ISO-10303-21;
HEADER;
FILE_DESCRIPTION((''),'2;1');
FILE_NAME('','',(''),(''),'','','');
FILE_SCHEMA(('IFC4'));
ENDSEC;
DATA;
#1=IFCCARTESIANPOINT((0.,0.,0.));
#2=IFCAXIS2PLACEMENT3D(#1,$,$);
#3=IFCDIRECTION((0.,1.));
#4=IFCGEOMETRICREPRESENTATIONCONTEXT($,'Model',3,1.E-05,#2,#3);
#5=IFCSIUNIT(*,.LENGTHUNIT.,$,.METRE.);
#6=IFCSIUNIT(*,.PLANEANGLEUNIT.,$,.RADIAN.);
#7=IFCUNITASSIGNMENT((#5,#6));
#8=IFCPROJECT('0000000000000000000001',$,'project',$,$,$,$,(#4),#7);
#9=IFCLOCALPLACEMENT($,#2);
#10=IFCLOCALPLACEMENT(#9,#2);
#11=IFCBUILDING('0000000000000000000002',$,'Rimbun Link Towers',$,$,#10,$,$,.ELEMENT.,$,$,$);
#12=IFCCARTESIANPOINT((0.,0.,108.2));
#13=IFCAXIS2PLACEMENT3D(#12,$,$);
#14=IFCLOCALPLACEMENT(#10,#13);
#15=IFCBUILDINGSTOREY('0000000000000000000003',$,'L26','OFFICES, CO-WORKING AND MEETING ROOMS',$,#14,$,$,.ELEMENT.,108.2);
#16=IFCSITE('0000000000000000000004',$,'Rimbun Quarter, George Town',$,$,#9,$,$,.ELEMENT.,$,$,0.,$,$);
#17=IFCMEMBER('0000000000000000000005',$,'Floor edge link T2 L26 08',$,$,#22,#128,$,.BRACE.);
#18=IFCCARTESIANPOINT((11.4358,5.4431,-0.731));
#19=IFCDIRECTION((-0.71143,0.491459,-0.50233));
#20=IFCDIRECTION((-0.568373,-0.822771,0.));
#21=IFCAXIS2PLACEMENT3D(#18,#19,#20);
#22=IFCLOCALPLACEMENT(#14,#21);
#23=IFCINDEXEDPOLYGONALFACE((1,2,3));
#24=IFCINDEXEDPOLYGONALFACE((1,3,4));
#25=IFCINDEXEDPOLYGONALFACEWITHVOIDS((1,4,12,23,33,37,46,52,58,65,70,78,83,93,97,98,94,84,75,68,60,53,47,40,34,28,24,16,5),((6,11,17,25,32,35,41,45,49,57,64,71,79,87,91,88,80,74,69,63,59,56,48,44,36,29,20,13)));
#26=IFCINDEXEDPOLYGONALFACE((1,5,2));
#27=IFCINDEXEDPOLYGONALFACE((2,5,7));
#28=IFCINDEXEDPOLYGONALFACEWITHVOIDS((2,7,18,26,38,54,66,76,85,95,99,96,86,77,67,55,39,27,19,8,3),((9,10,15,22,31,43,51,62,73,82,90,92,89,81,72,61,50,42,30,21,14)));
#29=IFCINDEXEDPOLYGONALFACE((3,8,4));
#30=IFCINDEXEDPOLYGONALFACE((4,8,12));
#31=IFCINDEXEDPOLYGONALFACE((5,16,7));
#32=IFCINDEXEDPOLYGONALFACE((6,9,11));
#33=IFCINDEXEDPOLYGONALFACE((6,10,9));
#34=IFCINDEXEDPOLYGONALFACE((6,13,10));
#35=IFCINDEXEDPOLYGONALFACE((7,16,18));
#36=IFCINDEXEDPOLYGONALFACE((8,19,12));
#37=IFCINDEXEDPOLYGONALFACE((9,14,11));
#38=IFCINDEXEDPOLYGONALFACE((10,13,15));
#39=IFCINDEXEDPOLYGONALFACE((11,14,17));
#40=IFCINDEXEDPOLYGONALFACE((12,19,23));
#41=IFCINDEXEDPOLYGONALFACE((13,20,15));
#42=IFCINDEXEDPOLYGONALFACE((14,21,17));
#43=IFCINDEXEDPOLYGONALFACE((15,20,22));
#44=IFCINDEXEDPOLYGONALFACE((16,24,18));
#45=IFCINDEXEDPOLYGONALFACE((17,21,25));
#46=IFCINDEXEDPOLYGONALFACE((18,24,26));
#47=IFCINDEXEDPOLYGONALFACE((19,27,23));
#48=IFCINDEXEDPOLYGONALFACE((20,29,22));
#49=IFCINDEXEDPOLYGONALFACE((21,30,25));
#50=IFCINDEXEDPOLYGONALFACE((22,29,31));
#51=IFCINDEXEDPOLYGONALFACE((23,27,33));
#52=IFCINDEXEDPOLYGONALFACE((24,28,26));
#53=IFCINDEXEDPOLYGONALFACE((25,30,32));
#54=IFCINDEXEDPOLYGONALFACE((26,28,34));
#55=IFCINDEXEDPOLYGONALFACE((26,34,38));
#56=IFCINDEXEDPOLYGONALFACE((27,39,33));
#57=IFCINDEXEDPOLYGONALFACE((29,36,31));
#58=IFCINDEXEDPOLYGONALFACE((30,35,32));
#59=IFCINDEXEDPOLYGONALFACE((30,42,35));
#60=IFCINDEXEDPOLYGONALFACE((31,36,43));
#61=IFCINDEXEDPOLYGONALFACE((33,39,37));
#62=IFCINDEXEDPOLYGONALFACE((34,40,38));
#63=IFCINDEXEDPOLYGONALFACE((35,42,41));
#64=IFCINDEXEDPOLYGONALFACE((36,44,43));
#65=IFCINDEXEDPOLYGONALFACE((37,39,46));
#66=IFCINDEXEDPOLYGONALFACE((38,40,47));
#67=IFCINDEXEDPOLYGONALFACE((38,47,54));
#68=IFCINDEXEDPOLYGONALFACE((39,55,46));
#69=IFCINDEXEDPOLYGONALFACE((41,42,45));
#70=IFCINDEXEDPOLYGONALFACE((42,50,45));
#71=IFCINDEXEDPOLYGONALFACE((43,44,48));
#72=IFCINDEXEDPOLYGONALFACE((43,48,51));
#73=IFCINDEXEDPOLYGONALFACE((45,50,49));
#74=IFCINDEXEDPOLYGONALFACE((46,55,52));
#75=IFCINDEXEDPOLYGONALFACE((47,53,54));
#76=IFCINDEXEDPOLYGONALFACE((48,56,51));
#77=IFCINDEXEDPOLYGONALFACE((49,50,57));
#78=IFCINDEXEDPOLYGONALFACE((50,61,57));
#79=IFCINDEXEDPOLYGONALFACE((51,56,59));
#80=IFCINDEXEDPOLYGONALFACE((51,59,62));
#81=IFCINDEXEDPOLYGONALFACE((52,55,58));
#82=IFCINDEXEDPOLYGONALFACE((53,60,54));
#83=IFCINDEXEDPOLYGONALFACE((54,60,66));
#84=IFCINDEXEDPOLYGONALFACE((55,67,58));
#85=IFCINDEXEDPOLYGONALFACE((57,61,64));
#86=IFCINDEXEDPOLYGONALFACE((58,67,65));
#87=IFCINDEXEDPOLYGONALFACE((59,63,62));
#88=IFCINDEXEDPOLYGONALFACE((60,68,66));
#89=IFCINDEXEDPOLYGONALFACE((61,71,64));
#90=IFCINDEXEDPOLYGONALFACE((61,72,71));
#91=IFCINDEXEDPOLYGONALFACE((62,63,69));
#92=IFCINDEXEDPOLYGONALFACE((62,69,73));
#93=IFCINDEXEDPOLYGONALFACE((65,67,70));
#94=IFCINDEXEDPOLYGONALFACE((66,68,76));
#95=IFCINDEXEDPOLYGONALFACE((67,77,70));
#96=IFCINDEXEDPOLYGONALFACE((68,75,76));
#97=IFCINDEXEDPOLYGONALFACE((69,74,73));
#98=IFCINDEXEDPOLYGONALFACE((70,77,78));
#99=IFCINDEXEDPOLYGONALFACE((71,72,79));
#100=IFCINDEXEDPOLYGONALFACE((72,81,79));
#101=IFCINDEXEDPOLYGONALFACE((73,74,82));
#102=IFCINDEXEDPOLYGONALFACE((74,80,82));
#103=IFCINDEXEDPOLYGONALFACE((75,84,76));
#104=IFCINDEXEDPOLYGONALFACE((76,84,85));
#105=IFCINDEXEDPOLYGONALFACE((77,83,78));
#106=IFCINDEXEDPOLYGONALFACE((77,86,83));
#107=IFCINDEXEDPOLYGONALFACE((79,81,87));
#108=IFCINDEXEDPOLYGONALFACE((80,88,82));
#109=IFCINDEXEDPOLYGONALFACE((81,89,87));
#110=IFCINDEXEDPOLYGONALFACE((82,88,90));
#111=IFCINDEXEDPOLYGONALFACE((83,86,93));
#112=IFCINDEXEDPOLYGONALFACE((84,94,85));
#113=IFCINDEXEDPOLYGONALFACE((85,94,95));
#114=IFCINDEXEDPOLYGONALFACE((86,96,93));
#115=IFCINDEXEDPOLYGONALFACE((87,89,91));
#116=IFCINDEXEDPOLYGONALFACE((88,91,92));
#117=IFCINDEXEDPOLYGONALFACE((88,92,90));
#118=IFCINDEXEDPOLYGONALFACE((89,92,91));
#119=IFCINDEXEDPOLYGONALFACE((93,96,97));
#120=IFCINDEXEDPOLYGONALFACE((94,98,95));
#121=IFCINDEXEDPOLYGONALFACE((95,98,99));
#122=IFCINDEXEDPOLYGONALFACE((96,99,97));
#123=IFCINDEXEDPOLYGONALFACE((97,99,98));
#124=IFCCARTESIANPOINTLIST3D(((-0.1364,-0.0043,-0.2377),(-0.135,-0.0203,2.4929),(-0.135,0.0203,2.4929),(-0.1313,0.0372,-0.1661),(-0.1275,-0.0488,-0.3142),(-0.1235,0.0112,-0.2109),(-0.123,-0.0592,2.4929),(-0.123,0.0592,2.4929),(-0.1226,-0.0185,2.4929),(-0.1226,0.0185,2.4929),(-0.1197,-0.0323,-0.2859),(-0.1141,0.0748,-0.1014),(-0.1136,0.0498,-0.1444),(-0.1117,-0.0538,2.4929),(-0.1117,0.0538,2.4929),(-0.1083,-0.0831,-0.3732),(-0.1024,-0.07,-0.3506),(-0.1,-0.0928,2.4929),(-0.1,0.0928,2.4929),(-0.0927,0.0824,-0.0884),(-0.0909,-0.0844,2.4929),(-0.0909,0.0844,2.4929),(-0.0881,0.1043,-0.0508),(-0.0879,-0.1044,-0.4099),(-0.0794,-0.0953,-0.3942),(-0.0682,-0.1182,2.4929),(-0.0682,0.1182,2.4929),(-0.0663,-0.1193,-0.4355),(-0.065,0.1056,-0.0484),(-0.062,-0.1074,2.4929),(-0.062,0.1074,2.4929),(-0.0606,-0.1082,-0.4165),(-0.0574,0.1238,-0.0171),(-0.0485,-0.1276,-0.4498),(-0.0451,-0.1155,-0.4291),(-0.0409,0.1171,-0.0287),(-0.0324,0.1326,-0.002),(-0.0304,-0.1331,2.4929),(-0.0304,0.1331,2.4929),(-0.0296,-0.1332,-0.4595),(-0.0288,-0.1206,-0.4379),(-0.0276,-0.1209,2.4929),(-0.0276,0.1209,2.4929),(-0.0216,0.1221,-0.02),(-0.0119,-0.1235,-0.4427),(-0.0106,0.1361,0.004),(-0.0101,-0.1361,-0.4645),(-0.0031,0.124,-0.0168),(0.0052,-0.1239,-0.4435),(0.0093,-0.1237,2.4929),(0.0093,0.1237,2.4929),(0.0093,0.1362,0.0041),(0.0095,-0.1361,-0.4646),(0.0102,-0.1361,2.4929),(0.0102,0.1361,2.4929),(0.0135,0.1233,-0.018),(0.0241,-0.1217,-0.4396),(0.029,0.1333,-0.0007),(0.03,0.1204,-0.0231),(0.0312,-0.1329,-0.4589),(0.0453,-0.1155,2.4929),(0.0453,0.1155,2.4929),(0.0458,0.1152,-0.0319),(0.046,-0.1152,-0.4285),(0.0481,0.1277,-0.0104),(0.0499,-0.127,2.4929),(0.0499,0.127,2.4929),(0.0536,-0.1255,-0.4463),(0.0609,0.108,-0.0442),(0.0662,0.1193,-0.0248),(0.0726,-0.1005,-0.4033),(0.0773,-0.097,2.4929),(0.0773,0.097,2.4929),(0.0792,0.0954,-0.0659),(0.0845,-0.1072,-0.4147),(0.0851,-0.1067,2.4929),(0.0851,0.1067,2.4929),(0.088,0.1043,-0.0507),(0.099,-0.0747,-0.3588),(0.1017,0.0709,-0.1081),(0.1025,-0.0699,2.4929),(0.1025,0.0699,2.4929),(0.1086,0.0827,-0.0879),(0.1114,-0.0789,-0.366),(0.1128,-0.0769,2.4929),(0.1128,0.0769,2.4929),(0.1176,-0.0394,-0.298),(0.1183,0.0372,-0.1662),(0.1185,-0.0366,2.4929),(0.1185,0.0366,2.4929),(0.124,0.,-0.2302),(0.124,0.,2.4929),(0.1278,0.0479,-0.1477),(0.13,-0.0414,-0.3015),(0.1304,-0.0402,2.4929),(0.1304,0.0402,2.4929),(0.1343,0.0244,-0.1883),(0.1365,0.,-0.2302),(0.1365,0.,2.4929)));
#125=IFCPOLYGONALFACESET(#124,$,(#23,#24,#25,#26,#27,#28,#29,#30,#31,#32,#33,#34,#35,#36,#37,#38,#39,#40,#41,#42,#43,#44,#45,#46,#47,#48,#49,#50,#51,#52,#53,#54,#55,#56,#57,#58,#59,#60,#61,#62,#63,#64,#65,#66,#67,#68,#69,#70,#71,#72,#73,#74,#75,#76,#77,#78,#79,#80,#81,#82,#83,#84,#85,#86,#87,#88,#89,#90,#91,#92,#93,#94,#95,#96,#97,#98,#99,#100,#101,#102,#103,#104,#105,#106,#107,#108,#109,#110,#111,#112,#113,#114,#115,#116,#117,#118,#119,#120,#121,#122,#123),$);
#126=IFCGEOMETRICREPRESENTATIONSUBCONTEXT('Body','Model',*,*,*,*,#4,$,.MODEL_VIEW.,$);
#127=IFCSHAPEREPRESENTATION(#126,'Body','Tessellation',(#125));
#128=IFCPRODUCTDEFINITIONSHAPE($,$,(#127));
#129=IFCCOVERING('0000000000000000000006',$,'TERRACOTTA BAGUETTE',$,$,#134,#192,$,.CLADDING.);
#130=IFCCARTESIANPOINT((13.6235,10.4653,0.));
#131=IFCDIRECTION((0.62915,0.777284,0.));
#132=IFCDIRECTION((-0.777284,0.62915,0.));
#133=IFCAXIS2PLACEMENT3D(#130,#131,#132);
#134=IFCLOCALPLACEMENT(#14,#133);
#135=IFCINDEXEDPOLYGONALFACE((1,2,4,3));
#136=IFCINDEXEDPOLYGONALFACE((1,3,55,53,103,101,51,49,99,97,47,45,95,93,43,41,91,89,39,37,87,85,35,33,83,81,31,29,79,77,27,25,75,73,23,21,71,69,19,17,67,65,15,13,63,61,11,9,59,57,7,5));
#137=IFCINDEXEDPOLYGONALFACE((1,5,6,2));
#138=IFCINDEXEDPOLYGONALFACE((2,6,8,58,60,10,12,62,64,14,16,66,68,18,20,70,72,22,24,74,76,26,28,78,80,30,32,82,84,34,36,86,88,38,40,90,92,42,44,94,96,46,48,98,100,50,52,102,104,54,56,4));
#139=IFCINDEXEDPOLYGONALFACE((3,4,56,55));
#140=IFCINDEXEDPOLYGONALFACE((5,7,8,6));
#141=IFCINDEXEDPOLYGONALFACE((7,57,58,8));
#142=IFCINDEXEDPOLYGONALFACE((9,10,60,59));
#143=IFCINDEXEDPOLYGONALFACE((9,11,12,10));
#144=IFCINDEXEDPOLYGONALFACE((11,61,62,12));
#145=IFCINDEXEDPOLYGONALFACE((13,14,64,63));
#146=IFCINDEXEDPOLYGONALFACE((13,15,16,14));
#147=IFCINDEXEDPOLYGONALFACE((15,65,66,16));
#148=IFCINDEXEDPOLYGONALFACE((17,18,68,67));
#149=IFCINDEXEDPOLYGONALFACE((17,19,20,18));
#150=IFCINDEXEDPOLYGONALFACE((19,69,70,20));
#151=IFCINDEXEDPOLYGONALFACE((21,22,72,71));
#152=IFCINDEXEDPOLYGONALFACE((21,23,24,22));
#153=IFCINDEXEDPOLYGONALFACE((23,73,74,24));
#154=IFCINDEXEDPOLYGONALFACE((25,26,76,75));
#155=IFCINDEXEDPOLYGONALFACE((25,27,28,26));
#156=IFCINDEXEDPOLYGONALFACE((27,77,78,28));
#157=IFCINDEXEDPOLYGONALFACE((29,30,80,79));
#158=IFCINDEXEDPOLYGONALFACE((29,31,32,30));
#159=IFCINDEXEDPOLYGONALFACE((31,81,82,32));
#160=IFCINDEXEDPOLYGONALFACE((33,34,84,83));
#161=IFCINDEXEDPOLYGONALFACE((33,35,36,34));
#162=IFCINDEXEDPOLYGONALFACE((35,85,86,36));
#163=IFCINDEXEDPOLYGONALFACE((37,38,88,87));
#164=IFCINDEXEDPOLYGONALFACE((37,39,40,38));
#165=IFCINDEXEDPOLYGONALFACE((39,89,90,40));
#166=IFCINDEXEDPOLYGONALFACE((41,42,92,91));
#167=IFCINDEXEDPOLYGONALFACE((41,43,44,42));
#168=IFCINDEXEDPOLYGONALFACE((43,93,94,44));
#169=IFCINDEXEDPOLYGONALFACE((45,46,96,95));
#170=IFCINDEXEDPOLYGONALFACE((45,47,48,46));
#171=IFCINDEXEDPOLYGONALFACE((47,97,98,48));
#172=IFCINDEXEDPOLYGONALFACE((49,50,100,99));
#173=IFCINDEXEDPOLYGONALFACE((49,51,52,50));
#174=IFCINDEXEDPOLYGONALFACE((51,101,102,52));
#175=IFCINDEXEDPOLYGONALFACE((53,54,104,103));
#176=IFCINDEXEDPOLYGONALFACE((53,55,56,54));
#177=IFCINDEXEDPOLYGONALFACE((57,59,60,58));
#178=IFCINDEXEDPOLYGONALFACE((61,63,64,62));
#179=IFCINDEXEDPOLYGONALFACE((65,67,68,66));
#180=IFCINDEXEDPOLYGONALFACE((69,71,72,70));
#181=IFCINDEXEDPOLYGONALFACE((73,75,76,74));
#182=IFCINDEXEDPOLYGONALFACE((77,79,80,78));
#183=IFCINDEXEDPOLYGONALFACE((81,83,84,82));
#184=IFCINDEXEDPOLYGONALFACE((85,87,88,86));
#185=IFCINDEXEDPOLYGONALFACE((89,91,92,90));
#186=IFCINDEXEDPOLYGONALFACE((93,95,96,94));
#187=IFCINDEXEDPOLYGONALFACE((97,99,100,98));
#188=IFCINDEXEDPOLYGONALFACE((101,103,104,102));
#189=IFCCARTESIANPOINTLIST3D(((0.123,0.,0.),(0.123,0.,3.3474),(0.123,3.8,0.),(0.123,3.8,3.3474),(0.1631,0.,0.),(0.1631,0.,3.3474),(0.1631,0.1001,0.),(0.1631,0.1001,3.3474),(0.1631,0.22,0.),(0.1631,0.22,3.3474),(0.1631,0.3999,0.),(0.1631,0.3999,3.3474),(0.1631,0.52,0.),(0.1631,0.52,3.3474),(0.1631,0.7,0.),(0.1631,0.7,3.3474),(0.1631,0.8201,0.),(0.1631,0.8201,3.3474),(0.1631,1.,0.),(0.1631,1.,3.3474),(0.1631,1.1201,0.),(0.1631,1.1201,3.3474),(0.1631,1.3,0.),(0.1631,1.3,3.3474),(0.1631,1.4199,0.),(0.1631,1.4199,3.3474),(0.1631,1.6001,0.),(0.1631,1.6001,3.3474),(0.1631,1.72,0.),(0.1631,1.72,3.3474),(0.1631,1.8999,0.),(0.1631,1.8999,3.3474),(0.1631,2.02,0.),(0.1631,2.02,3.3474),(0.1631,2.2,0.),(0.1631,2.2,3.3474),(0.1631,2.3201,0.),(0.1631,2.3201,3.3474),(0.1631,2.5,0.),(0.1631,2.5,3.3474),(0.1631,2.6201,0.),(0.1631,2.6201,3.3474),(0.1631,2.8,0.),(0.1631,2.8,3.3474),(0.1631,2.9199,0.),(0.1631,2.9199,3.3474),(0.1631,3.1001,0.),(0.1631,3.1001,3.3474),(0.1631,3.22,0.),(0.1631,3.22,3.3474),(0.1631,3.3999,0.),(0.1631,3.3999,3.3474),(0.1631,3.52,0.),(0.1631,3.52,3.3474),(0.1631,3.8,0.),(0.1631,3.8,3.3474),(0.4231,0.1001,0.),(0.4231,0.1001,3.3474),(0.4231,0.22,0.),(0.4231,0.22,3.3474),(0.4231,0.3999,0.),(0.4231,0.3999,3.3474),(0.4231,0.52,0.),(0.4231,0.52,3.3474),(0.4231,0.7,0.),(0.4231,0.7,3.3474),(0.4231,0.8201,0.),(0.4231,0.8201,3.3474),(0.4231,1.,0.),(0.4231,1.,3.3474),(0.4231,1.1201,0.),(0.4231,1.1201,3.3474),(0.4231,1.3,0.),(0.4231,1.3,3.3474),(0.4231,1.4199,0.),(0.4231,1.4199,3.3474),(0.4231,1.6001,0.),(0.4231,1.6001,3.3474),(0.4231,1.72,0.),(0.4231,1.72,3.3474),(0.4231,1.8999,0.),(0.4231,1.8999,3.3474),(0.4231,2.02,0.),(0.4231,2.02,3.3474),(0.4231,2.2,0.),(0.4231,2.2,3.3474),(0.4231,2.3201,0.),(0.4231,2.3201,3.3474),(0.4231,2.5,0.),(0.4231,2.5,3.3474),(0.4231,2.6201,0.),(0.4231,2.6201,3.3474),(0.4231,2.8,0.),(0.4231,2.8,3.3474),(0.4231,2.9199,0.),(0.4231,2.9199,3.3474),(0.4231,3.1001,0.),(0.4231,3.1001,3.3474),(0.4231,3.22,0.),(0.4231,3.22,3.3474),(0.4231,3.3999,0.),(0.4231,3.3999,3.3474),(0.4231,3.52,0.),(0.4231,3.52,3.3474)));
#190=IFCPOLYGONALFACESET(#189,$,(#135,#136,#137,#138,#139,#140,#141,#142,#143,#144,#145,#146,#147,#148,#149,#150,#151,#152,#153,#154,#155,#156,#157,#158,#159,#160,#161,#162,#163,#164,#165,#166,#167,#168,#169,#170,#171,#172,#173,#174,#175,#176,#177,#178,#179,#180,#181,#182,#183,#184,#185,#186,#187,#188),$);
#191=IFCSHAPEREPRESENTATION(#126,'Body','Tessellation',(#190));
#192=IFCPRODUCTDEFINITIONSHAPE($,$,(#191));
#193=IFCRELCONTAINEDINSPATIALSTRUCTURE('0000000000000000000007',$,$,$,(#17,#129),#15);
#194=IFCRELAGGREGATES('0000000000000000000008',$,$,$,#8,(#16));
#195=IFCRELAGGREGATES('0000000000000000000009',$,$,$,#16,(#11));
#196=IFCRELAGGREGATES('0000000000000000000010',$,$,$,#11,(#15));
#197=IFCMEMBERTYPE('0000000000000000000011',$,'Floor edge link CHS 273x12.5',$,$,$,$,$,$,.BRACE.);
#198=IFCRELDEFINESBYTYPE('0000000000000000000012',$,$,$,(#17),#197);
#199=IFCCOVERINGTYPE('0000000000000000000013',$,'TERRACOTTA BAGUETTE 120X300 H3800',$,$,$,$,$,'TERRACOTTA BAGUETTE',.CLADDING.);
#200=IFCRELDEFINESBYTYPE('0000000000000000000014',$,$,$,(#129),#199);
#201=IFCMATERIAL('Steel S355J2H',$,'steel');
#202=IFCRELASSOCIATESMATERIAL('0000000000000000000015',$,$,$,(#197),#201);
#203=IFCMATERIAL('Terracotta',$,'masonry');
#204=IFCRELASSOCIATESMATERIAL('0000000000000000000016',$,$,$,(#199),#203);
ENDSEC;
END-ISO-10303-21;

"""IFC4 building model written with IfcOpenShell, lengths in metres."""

from ifc_helpers import new_model, si_unit, direction, frame, origin, origin_2d, place, context, subcontext, project, spatial, polyline, hollow_circle, outline, extrude, clip, halfspace, material, material_profile, profile_set, type_object, element, save


model = new_model("IFC4")

# Units and contexts
model_context = context("Model", 3, precision=1e-05, world=origin(), true_north=direction((0.0, 1.0)))
body_context = subcontext(model_context, "Body", "Model", "MODEL_VIEW")
ifc_project = project(units=[si_unit("LENGTHUNIT", "METRE"), si_unit("PLANEANGLEUNIT", "RADIAN")], contexts=[model_context])

# Site, building, storey
site_placement = place(None, origin())
site = spatial("IfcSite", under=ifc_project, at=site_placement, Name="Rimbun Quarter, George Town", CompositionType="ELEMENT", RefElevation=0.0)
building_placement = place(site_placement, origin())
building = spatial("IfcBuilding", under=site, at=building_placement, Name="Rimbun Link Towers", CompositionType="ELEMENT")
storey_placement = place(building_placement, frame((0.0, 0.0, 108.2)))
storey = spatial("IfcBuildingStorey", under=building, at=storey_placement, Name="L26", Description="OFFICES, CO-WORKING AND MEETING ROOMS", CompositionType="ELEMENT", Elevation=108.2)

# Member
ifc_material_1 = material(Name="Steel S355J2H", Category="steel")
ifc_material_profile_1 = material_profile(ifc_material_1, hollow_circle(Radius=0.1365, WallThickness=0.0125, at=origin_2d()), Name="CHS 273x12.5")
ifc_profile_set_1 = profile_set([ifc_material_profile_1], Name="Steel S355J2H")
member_type_1 = type_object("IfcMemberType", Name="Floor edge link CHS 273x12.5", PredefinedType="BRACE", material=ifc_profile_set_1)
member_1_placement = place(storey_placement, frame((11.4358, 5.4431, -0.731), z_axis=(-0.71143, 0.491459, -0.50233), x_axis=(-0.568373, -0.822771, 0.0)))
element("IfcMember", 1, at=member_1_placement, inside=storey, type_object=member_type_1, Name="Floor edge link T2 L26 08", PredefinedType="BRACE", context=body_context, shape_type="Clipping", body=[
    clip(extrude(hollow_circle(Radius=0.1365, WallThickness=0.0125, at=origin_2d()), frame((0.0, 0.0, -0.4897)), (0.0, 0.0, 1.0), 2.9827), halfspace(frame((0.0, 0.0, -0.2302), z_axis=(0.0, 0.864676, -0.50233)), False)),
])

# Covering
ifc_material_2 = material(Name="Terracotta", Category="masonry")
ifc_material_profile_2 = material_profile(ifc_material_2, outline(polyline([(0.123, 0.0), (0.1631, 0.0), (0.1631, 0.1001), (0.4231, 0.1001), (0.4231, 0.22), (0.1631, 0.22), (0.1631, 0.3999), (0.4231, 0.3999), (0.4231, 0.52), (0.1631, 0.52), (0.1631, 0.7), (0.4231, 0.7), (0.4231, 0.8201), (0.1631, 0.8201), (0.1631, 1.0), (0.4231, 1.0), (0.4231, 1.1201), (0.1631, 1.1201), (0.1631, 1.3), (0.4231, 1.3), (0.4231, 1.4199), (0.1631, 1.4199), (0.1631, 1.6001), (0.4231, 1.6001), (0.4231, 1.72), (0.1631, 1.72), (0.1631, 1.8999), (0.4231, 1.8999), (0.4231, 2.02), (0.1631, 2.02), (0.1631, 2.2), (0.4231, 2.2), (0.4231, 2.3201), (0.1631, 2.3201), (0.1631, 2.5), (0.4231, 2.5), (0.4231, 2.6201), (0.1631, 2.6201), (0.1631, 2.8), (0.4231, 2.8), (0.4231, 2.9199), (0.1631, 2.9199), (0.1631, 3.1001), (0.4231, 3.1001), (0.4231, 3.22), (0.1631, 3.22), (0.1631, 3.3999), (0.4231, 3.3999), (0.4231, 3.52), (0.1631, 3.52), (0.1631, 3.8), (0.123, 3.8), (0.123, 0.0)])), Name="BAGUETTE 120X300")
ifc_profile_set_2 = profile_set([ifc_material_profile_2], Name="Terracotta")
covering_type_1 = type_object("IfcCoveringType", Name="TERRACOTTA BAGUETTE 120X300 H3800", ElementType="TERRACOTTA BAGUETTE", PredefinedType="CLADDING", material=ifc_profile_set_2)
covering_1_placement = place(storey_placement, frame((13.6235, 10.4653, 0.0), z_axis=(0.62915, 0.777284, 0.0), x_axis=(-0.777284, 0.62915, 0.0)))
element("IfcCovering", 2, at=covering_1_placement, inside=storey, type_object=covering_type_1, Name="TERRACOTTA BAGUETTE", PredefinedType="CLADDING", context=body_context, shape_type="SweptSolid", body=[
    extrude(outline(polyline([(0.123, 0.0), (0.1631, 0.0), (0.1631, 0.1001), (0.4231, 0.1001), (0.4231, 0.22), (0.1631, 0.22), (0.1631, 0.3999), (0.4231, 0.3999), (0.4231, 0.52), (0.1631, 0.52), (0.1631, 0.7), (0.4231, 0.7), (0.4231, 0.8201), (0.1631, 0.8201), (0.1631, 1.0), (0.4231, 1.0), (0.4231, 1.1201), (0.1631, 1.1201), (0.1631, 1.3), (0.4231, 1.3), (0.4231, 1.4199), (0.1631, 1.4199), (0.1631, 1.6001), (0.4231, 1.6001), (0.4231, 1.72), (0.1631, 1.72), (0.1631, 1.8999), (0.4231, 1.8999), (0.4231, 2.02), (0.1631, 2.02), (0.1631, 2.2), (0.4231, 2.2), (0.4231, 2.3201), (0.1631, 2.3201), (0.1631, 2.5), (0.4231, 2.5), (0.4231, 2.6201), (0.1631, 2.6201), (0.1631, 2.8), (0.4231, 2.8), (0.4231, 2.9199), (0.1631, 2.9199), (0.1631, 3.1001), (0.4231, 3.1001), (0.4231, 3.22), (0.1631, 3.22), (0.1631, 3.3999), (0.4231, 3.3999), (0.4231, 3.52), (0.1631, 3.52), (0.1631, 3.8), (0.123, 3.8), (0.123, 0.0)])), origin(), (0.0, 0.0, 1.0), 3.3474),
])

save(model, "model.ifc")
